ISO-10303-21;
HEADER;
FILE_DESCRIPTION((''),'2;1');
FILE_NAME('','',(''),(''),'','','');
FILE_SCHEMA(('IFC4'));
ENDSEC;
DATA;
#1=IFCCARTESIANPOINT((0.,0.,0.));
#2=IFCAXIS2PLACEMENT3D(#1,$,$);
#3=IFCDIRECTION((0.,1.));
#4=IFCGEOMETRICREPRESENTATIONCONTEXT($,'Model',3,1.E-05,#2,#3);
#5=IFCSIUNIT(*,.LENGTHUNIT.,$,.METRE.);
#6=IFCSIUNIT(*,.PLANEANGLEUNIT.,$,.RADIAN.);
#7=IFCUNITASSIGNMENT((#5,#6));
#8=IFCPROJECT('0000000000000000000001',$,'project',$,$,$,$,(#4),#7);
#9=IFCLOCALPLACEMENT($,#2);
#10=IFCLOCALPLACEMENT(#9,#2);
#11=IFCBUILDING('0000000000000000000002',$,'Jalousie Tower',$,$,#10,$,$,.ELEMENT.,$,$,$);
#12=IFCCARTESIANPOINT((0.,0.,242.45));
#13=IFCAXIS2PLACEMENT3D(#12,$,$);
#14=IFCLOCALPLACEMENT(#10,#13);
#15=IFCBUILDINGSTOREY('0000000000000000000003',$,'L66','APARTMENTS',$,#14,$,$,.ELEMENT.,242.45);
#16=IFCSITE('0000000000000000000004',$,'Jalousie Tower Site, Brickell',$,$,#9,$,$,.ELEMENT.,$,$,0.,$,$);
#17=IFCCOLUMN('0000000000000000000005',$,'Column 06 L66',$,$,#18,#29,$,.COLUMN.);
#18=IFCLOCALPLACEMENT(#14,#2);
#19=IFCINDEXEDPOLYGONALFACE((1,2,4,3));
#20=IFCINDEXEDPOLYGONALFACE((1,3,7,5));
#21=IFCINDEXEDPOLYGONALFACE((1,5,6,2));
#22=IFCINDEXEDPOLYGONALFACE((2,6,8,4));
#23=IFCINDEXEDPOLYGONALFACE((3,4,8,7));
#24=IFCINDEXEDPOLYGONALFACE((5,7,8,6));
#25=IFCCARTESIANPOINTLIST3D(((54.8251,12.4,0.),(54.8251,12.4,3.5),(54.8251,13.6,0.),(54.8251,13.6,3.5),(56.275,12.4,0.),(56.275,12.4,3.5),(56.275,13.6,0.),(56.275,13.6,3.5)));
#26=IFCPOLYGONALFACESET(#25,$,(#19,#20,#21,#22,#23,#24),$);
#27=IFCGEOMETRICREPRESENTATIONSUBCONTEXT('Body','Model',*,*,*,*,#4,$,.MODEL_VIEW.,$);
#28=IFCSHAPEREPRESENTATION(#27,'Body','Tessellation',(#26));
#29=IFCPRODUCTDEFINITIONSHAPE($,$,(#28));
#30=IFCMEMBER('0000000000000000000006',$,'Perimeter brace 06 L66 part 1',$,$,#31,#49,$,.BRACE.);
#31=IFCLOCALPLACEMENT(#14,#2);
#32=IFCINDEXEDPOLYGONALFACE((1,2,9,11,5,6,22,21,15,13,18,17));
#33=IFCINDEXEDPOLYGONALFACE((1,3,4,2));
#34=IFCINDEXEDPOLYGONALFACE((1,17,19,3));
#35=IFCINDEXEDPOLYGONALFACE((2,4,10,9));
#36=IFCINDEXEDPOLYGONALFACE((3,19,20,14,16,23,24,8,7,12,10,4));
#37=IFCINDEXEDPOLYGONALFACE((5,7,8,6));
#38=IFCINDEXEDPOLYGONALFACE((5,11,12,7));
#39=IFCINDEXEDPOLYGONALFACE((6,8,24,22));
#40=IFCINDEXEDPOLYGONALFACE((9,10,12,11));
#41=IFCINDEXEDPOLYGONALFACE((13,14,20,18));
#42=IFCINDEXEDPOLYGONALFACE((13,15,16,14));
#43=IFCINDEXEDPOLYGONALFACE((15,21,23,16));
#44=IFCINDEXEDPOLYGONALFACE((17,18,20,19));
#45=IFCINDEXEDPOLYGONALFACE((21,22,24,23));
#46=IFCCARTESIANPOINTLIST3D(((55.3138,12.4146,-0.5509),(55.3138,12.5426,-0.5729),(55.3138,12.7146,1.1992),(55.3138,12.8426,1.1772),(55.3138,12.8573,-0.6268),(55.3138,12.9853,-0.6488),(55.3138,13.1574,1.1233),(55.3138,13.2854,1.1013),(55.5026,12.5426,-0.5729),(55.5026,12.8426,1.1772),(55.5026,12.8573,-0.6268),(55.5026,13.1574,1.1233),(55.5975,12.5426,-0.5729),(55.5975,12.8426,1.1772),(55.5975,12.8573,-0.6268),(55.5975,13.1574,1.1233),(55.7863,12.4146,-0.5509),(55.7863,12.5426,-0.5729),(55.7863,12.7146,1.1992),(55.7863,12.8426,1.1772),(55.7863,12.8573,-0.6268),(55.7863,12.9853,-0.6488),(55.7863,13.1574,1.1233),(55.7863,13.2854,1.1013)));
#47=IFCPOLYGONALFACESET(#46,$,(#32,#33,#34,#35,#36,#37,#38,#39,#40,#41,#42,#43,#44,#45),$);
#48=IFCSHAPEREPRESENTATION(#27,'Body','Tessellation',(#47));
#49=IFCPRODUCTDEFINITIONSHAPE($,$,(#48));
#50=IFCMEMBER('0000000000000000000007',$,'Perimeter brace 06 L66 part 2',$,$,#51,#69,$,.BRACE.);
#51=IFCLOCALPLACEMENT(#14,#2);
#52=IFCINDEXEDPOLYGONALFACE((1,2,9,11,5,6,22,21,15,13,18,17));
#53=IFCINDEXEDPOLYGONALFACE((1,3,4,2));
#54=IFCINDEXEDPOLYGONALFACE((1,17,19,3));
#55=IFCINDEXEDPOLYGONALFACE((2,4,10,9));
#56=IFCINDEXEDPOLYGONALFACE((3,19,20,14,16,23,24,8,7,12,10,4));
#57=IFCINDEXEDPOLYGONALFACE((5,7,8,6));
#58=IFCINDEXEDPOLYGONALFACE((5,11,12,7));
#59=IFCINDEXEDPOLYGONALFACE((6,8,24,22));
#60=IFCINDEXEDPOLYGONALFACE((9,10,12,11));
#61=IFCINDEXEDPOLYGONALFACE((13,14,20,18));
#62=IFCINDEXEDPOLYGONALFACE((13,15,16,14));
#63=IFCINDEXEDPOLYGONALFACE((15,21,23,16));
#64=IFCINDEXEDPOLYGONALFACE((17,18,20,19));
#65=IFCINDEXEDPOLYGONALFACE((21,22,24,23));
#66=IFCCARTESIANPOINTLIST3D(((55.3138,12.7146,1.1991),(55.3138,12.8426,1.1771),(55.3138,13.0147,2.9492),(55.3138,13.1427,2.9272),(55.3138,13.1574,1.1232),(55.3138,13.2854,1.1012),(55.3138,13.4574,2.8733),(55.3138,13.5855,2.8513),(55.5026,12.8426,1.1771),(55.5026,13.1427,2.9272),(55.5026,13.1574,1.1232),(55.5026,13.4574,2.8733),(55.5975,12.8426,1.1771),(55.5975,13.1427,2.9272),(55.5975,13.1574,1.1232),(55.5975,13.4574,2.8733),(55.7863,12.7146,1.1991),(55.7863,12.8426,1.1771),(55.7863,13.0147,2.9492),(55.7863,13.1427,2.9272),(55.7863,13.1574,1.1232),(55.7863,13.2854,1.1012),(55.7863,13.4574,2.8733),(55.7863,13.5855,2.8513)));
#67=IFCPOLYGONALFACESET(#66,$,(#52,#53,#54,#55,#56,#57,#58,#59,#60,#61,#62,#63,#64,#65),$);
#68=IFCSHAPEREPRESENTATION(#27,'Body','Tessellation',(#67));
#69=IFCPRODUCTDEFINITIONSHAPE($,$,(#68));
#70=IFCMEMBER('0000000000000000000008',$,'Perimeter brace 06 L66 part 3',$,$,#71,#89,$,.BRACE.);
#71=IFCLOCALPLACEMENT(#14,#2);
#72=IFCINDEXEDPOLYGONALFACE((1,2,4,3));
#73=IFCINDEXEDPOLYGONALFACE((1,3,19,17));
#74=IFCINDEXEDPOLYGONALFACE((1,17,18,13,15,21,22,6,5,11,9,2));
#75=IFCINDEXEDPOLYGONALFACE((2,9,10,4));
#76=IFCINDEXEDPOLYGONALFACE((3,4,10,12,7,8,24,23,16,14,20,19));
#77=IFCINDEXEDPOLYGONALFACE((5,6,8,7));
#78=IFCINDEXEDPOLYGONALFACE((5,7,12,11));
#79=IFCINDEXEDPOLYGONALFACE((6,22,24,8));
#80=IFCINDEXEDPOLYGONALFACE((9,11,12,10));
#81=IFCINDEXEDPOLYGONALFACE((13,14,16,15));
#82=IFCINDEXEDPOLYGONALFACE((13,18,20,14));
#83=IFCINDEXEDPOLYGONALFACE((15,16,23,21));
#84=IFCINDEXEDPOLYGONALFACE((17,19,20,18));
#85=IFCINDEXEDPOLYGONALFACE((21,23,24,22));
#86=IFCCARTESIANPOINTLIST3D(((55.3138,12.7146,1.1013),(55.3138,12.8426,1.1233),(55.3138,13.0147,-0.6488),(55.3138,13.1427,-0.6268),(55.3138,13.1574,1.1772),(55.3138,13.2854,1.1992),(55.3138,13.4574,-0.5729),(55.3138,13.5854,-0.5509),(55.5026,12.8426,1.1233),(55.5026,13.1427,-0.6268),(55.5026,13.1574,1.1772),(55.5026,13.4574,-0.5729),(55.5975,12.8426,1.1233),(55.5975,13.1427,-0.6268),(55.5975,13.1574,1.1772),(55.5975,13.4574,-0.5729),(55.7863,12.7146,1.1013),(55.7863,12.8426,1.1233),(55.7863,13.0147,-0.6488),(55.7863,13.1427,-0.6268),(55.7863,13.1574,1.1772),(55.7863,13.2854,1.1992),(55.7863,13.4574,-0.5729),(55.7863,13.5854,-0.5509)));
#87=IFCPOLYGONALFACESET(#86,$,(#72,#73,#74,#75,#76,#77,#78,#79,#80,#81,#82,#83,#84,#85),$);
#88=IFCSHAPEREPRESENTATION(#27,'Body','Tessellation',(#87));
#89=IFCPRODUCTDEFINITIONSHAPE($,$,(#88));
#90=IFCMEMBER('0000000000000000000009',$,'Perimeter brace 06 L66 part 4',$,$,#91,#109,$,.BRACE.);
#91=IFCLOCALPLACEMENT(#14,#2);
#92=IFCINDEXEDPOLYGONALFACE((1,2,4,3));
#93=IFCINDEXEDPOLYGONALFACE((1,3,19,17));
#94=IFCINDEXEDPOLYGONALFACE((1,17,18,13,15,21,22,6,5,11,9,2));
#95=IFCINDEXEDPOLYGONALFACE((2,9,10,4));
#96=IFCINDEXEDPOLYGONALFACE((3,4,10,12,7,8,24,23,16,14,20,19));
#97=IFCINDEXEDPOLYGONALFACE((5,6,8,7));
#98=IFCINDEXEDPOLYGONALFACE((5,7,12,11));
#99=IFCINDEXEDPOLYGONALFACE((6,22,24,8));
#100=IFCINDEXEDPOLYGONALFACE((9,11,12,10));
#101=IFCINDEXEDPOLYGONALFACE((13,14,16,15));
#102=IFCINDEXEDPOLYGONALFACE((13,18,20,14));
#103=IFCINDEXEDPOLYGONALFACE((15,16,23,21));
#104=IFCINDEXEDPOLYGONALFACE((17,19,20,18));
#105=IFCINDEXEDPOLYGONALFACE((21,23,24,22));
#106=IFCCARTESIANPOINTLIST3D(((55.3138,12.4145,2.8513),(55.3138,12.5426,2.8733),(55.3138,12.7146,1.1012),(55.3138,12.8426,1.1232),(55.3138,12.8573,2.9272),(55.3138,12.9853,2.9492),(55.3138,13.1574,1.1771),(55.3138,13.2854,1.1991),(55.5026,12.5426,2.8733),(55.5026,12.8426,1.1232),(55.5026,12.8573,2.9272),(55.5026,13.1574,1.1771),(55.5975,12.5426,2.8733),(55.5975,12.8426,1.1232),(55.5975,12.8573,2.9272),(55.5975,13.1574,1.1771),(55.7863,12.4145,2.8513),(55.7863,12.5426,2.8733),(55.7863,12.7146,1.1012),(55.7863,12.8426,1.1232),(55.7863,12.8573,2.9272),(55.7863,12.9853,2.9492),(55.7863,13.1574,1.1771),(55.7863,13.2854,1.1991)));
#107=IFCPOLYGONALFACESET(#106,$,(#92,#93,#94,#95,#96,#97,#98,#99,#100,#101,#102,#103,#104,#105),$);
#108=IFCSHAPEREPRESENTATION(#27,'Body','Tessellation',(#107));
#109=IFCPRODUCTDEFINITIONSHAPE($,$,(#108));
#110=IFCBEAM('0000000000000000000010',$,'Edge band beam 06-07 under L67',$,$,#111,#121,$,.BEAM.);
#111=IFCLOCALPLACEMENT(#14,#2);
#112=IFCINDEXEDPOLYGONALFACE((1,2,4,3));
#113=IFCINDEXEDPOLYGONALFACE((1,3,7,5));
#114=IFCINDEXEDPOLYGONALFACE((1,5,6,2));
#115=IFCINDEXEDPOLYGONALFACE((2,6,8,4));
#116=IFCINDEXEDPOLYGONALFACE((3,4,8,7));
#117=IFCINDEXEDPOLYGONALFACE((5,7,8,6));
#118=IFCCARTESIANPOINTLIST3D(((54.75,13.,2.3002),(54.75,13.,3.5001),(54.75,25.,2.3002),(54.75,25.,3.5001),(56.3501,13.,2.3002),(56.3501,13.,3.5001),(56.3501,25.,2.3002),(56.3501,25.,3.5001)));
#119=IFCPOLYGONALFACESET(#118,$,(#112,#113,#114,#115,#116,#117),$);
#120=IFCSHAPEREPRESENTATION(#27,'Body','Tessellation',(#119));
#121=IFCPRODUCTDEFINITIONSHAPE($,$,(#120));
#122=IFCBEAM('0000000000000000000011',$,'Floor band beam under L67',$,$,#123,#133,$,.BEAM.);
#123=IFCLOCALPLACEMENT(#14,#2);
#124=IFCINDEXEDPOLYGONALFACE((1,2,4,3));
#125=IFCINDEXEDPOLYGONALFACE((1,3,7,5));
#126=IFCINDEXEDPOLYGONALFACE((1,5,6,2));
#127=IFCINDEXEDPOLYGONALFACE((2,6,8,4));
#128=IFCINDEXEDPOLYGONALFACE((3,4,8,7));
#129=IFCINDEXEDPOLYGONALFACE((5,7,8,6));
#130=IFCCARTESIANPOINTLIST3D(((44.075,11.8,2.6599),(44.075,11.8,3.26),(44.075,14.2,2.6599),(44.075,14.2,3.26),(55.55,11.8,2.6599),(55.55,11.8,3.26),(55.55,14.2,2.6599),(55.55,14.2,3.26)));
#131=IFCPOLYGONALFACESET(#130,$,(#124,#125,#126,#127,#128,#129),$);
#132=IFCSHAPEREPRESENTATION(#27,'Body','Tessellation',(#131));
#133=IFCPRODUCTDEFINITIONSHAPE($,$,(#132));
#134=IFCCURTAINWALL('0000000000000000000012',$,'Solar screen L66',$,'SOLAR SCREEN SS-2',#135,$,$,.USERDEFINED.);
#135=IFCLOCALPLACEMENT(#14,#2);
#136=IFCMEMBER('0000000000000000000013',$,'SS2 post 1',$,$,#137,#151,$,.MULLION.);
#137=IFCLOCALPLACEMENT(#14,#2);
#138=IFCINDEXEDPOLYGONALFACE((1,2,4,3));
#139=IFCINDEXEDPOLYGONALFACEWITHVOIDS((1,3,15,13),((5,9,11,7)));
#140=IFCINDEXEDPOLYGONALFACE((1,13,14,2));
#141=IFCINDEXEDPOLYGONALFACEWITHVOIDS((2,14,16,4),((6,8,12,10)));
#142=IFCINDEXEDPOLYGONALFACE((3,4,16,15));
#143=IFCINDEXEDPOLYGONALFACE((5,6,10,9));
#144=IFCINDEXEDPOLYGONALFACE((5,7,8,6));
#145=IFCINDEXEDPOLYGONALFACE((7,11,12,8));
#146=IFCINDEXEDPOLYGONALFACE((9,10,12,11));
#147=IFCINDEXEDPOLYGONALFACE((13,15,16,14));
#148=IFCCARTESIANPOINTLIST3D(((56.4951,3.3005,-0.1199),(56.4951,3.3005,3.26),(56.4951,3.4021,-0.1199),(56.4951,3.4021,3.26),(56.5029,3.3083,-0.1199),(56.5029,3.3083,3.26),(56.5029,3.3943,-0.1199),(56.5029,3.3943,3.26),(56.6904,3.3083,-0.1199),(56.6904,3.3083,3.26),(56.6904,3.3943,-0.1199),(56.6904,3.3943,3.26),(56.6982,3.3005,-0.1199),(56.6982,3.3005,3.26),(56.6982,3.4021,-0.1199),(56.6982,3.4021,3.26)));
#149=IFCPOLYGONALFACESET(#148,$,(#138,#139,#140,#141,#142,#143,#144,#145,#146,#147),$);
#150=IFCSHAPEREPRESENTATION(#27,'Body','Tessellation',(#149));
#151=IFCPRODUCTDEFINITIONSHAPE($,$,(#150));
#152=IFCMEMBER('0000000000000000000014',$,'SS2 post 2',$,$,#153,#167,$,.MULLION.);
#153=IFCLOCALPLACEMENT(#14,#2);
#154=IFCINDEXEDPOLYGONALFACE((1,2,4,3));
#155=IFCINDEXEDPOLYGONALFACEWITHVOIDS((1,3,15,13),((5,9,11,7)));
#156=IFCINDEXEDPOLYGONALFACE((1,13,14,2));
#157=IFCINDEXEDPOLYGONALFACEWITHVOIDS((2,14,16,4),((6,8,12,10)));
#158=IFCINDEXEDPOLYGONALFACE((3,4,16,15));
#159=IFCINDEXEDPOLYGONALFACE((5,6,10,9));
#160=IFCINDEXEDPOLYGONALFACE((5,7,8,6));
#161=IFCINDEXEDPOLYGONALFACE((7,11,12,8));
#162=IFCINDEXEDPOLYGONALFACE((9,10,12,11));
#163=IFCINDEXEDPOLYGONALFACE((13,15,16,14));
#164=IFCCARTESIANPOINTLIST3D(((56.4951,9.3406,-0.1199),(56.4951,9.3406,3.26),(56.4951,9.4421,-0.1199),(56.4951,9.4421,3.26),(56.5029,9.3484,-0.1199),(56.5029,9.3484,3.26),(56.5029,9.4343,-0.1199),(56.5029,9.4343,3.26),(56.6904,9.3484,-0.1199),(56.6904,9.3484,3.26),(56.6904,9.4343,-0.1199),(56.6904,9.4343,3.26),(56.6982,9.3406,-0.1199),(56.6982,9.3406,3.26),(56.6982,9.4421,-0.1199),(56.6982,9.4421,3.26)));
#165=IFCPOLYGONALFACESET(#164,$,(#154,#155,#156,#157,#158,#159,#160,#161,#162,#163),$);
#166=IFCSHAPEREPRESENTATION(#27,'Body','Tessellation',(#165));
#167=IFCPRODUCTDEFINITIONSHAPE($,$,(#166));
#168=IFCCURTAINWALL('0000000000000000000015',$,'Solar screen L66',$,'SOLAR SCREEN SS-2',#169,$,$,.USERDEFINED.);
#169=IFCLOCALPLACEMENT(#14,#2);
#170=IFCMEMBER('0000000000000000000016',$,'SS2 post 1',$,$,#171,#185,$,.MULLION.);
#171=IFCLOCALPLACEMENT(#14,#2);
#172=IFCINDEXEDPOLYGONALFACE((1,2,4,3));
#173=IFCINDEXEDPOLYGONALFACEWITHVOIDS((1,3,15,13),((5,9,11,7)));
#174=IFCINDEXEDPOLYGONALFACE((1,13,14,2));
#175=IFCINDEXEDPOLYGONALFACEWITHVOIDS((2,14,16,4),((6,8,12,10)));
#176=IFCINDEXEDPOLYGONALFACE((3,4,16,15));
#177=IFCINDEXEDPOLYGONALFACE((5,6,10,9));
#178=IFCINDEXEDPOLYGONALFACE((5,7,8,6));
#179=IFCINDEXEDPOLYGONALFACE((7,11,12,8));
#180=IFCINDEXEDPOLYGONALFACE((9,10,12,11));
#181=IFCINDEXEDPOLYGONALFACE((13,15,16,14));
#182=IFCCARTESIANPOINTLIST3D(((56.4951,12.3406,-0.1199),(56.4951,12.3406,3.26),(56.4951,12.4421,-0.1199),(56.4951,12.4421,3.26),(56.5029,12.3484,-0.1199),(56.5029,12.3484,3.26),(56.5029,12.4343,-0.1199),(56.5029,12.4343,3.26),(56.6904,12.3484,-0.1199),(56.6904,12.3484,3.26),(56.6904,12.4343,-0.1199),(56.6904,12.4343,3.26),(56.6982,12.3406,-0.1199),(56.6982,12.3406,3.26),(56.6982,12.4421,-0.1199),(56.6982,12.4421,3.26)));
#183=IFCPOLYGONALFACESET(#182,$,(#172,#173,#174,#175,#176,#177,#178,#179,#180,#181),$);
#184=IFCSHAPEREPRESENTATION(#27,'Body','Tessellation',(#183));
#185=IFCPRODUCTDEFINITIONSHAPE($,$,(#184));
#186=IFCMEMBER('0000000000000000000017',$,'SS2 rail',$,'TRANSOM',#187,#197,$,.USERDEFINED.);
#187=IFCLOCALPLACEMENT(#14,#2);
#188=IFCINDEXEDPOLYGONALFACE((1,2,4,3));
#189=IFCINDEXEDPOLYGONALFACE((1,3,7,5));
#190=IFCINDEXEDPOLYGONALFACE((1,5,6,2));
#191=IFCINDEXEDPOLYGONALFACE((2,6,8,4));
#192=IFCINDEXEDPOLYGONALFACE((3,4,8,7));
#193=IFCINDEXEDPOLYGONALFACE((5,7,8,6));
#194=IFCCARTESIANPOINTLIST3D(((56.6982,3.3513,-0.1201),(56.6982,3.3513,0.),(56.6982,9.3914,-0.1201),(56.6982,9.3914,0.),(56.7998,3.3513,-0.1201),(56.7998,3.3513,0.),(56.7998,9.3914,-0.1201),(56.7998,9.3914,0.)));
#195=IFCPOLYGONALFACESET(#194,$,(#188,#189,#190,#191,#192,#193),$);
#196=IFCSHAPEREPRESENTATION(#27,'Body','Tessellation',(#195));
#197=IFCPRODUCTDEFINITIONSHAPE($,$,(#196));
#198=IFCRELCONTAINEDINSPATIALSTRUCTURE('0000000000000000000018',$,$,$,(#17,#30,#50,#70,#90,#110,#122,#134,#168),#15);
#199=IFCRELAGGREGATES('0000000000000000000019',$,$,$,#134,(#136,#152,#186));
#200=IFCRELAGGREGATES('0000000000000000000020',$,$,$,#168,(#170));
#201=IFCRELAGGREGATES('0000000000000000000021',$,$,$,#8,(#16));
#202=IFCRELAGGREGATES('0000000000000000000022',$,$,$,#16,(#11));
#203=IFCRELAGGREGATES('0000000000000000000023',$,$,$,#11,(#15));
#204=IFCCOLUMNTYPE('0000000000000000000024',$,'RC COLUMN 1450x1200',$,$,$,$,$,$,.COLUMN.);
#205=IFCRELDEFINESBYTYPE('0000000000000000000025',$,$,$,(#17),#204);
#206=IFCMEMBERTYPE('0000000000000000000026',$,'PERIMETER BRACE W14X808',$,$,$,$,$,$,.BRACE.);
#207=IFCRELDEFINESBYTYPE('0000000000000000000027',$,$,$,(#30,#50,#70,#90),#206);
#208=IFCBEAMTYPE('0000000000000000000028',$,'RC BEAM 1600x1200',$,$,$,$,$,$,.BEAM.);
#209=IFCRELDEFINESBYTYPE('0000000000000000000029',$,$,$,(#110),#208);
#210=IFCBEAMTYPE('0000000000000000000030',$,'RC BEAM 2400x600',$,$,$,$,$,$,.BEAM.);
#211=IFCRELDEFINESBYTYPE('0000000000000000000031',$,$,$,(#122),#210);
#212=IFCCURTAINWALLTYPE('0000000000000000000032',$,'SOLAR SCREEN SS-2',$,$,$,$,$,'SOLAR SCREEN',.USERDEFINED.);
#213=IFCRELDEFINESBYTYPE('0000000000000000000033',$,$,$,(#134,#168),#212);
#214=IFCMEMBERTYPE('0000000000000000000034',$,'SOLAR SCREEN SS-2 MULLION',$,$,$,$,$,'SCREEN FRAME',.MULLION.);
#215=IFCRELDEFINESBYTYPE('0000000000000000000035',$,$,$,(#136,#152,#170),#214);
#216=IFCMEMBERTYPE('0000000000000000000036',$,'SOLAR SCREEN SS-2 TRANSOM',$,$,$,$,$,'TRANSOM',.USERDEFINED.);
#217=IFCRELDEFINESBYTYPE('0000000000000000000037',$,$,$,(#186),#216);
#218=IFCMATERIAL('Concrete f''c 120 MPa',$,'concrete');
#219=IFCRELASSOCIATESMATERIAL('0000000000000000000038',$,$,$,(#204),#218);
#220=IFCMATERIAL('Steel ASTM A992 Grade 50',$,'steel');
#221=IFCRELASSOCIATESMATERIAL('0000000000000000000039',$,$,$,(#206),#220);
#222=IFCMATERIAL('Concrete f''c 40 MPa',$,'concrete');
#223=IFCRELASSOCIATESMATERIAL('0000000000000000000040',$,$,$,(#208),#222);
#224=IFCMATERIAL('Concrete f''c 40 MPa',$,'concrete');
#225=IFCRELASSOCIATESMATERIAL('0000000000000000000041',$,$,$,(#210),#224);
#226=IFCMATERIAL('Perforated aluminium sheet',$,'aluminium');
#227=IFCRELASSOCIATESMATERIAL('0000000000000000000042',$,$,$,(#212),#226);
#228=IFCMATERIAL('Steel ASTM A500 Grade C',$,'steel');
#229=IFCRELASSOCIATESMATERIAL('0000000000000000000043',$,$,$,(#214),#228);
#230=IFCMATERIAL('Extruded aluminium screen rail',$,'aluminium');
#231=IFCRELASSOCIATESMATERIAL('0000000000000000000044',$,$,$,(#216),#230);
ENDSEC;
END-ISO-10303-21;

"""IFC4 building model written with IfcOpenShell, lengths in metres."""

from ifc_helpers import new_model, si_unit, direction, frame, origin, origin_2d, place, context, subcontext, project, spatial, rectangle, hollow_rectangle, i_section, extrude, material, material_profile, profile_set, type_object, element, aggregate, save


model = new_model("IFC4")

# Units and contexts
model_context = context("Model", 3, precision=1e-05, world=origin(), true_north=direction((0.0, 1.0)))
body_context = subcontext(model_context, "Body", "Model", "MODEL_VIEW")
ifc_project = project(units=[si_unit("LENGTHUNIT", "METRE"), si_unit("PLANEANGLEUNIT", "RADIAN")], contexts=[model_context])

# Site, building, storey
site_placement = place(None, origin())
site = spatial("IfcSite", under=ifc_project, at=site_placement, Name="Jalousie Tower Site, Brickell", CompositionType="ELEMENT", RefElevation=0.0)
building_placement = place(site_placement, origin())
building = spatial("IfcBuilding", under=site, at=building_placement, Name="Jalousie Tower", CompositionType="ELEMENT")
storey_placement = place(building_placement, frame((0.0, 0.0, 242.45)))
storey = spatial("IfcBuildingStorey", under=building, at=storey_placement, Name="L66", Description="APARTMENTS", CompositionType="ELEMENT", Elevation=242.45)

# Column
ifc_material_1 = material(Name="Concrete f'c 120 MPa", Category="concrete")
ifc_material_profile_1 = material_profile(ifc_material_1, rectangle(XDim=1.45, YDim=1.2, at=origin_2d()), Name="RC 1450x1200")
ifc_profile_set_1 = profile_set([ifc_material_profile_1], Name="Concrete f'c 120 MPa")
column_type = type_object("IfcColumnType", Name="RC COLUMN 1450x1200", PredefinedType="COLUMN", material=ifc_profile_set_1)
column_placement = place(storey_placement, frame((55.55, 13.0, 0.0), z_axis=(0.0, 0.0, 1.0), x_axis=(1.0, 0.0, 0.0)))
element("IfcColumn", 1, at=column_placement, inside=storey, type_object=column_type, Name="Column 06 L66", PredefinedType="COLUMN", context=body_context, shape_type="SweptSolid", body=[
    extrude(rectangle(XDim=1.45, YDim=1.2, at=origin_2d()), origin(), (0.0, 0.0, 1.0), 3.5),
])

# Members
ifc_material_2 = material(Name="Steel ASTM A992 Grade 50", Category="steel")
ifc_material_profile_2 = material_profile(ifc_material_2, i_section(OverallWidth=0.4724, OverallDepth=0.5791, WebThickness=0.095, FlangeThickness=0.1299, at=origin_2d()), Name="W14X808")
ifc_profile_set_2 = profile_set([ifc_material_profile_2], Name="Steel ASTM A992 Grade 50")
member_type_1 = type_object("IfcMemberType", Name="PERIMETER BRACE W14X808", PredefinedType="BRACE", material=ifc_profile_set_2)
for number, where, z_axis, x_axis, name in (
    (2, (55.55, 12.7, -0.5999), (0.0, 0.168991, 0.985618), (-1.0, 0.0, 0.0), "Perimeter brace 06 L66 part 1"),
    (3, (55.55, 13.0, 1.1501), (0.0, 0.168991, 0.985618), (-1.0, 0.0, 0.0), "Perimeter brace 06 L66 part 2"),
    (4, (55.55, 13.3, -0.5999), (0.0, -0.168991, 0.985618), (1.0, 0.0, 0.0), "Perimeter brace 06 L66 part 3"),
    (5, (55.55, 13.0, 1.1501), (0.0, -0.168991, 0.985618), (1.0, 0.0, 0.0), "Perimeter brace 06 L66 part 4"),
):
    element("IfcMember", number, at=place(storey_placement, frame(where, z_axis=z_axis, x_axis=x_axis)), inside=storey, type_object=member_type_1, Name=name, PredefinedType="BRACE", context=body_context, shape_type="SweptSolid", body=[
        extrude(i_section(OverallWidth=0.4724, OverallDepth=0.5791, WebThickness=0.095, FlangeThickness=0.1299, at=origin_2d()), origin(), (0.0, 0.0, 1.0), 1.7756),
    ])

# Beams
ifc_material_3 = material(Name="Concrete f'c 40 MPa", Category="concrete")
ifc_material_profile_3 = material_profile(ifc_material_3, rectangle(XDim=1.6001, YDim=1.2, at=origin_2d()), Name="RC 1600x1200")
ifc_profile_set_3 = profile_set([ifc_material_profile_3], Name="Concrete f'c 40 MPa")
beam_type_1 = type_object("IfcBeamType", Name="RC BEAM 1600x1200", PredefinedType="BEAM", material=ifc_profile_set_3)
beam_1_placement = place(storey_placement, frame((55.55, 13.0, 2.9001), z_axis=(0.0, 1.0, 0.0), x_axis=(-1.0, 0.0, 0.0)))
element("IfcBeam", 6, at=beam_1_placement, inside=storey, type_object=beam_type_1, Name="Edge band beam 06-07 under L67", PredefinedType="BEAM", context=body_context, shape_type="SweptSolid", body=[
    extrude(rectangle(XDim=1.6001, YDim=1.2, at=origin_2d()), origin(), (0.0, 0.0, 1.0), 12.0),
])
ifc_material_4 = material(Name="Concrete f'c 40 MPa", Category="concrete")
ifc_material_profile_4 = material_profile(ifc_material_4, rectangle(XDim=2.3999, YDim=0.6001, at=origin_2d()), Name="RC 2400x600")
ifc_profile_set_4 = profile_set([ifc_material_profile_4], Name="Concrete f'c 40 MPa")
beam_type_2 = type_object("IfcBeamType", Name="RC BEAM 2400x600", PredefinedType="BEAM", material=ifc_profile_set_4)
beam_2_placement = place(storey_placement, frame((55.55, 13.0, 2.96), z_axis=(-1.0, 0.0, 0.0), x_axis=(0.0, -1.0, 0.0)))
element("IfcBeam", 7, at=beam_2_placement, inside=storey, type_object=beam_type_2, Name="Floor band beam under L67", PredefinedType="BEAM", context=body_context, shape_type="SweptSolid", body=[
    extrude(rectangle(XDim=2.3999, YDim=0.6001, at=origin_2d()), origin(), (0.0, 0.0, 1.0), 11.4751),
])

# Curtain wall, members
ifc_material_5 = material(Name="Perforated aluminium sheet", Category="aluminium")
curtain_wall_type = type_object("IfcCurtainWallType", Name="SOLAR SCREEN SS-2", ElementType="SOLAR SCREEN", PredefinedType="USERDEFINED", material=ifc_material_5)
curtain_wall_1_placement = place(storey_placement, origin())
curtain_wall_1 = element("IfcCurtainWall", 8, at=curtain_wall_1_placement, inside=storey, type_object=curtain_wall_type, Name="Solar screen L66", ObjectType="SOLAR SCREEN SS-2", PredefinedType="USERDEFINED")
ifc_material_6 = material(Name="Steel ASTM A500 Grade C", Category="steel")
ifc_material_profile_5 = material_profile(ifc_material_6, hollow_rectangle(XDim=0.1016, YDim=0.2031, WallThickness=0.0078, at=origin_2d()), Name="HSS8X4X5/16")
ifc_profile_set_5 = profile_set([ifc_material_profile_5], Name="Steel ASTM A500 Grade C")
member_type_2 = type_object("IfcMemberType", Name="SOLAR SCREEN SS-2 MULLION", ElementType="SCREEN FRAME", PredefinedType="MULLION", material=ifc_profile_set_5)
member_1_placement = place(storey_placement, frame((56.5967, 3.3513, -0.1199), z_axis=(0.0, 0.0, 1.0), x_axis=(0.0, 1.0, 0.0)))
member_1 = element("IfcMember", 9, at=member_1_placement, type_object=member_type_2, Name="SS2 post 1", PredefinedType="MULLION", context=body_context, shape_type="SweptSolid", body=[
    extrude(hollow_rectangle(XDim=0.1016, YDim=0.2031, WallThickness=0.0078, at=origin_2d()), origin(), (0.0, 0.0, 1.0), 3.3799),
])
member_2_placement = place(storey_placement, frame((56.5967, 9.3914, -0.1199), z_axis=(0.0, 0.0, 1.0), x_axis=(0.0, 1.0, 0.0)))
member_2 = element("IfcMember", 10, at=member_2_placement, type_object=member_type_2, Name="SS2 post 2", PredefinedType="MULLION", context=body_context, shape_type="SweptSolid", body=[
    extrude(hollow_rectangle(XDim=0.1016, YDim=0.2031, WallThickness=0.0078, at=origin_2d()), origin(), (0.0, 0.0, 1.0), 3.3799),
])

# Curtain wall, member
curtain_wall_2_placement = place(storey_placement, origin())
curtain_wall_2 = element("IfcCurtainWall", 11, at=curtain_wall_2_placement, inside=storey, type_object=curtain_wall_type, Name="Solar screen L66", ObjectType="SOLAR SCREEN SS-2", PredefinedType="USERDEFINED")
member_3_placement = place(storey_placement, frame((56.5967, 12.3914, -0.1199), z_axis=(0.0, 0.0, 1.0), x_axis=(0.0, 1.0, 0.0)))
member_3 = element("IfcMember", 12, at=member_3_placement, type_object=member_type_2, Name="SS2 post 1", PredefinedType="MULLION", context=body_context, shape_type="SweptSolid", body=[
    extrude(hollow_rectangle(XDim=0.1016, YDim=0.2031, WallThickness=0.0078, at=origin_2d()), origin(), (0.0, 0.0, 1.0), 3.3799),
])

# Member
ifc_material_7 = material(Name="Extruded aluminium screen rail", Category="aluminium")
ifc_material_profile_6 = material_profile(ifc_material_7, rectangle(XDim=0.1016, YDim=0.1201, at=origin_2d()), Name="RAIL 102x120")
ifc_profile_set_6 = profile_set([ifc_material_profile_6], Name="Extruded aluminium screen rail")
member_type_3 = type_object("IfcMemberType", Name="SOLAR SCREEN SS-2 TRANSOM", ElementType="TRANSOM", PredefinedType="USERDEFINED", material=ifc_profile_set_6)
member_4_placement = place(storey_placement, frame((56.749, 3.3513, -0.0601), z_axis=(0.0, 1.0, 0.0), x_axis=(-1.0, 0.0, 0.0)))
member_4 = element("IfcMember", 13, at=member_4_placement, type_object=member_type_3, Name="SS2 rail", ObjectType="TRANSOM", PredefinedType="USERDEFINED", context=body_context, shape_type="SweptSolid", body=[
    extrude(rectangle(XDim=0.1016, YDim=0.1201, at=origin_2d()), origin(), (0.0, 0.0, 1.0), 6.04),
])

aggregate(curtain_wall_1, [member_1, member_2, member_4])
aggregate(curtain_wall_2, [member_3])

save(model, "model.ifc")
